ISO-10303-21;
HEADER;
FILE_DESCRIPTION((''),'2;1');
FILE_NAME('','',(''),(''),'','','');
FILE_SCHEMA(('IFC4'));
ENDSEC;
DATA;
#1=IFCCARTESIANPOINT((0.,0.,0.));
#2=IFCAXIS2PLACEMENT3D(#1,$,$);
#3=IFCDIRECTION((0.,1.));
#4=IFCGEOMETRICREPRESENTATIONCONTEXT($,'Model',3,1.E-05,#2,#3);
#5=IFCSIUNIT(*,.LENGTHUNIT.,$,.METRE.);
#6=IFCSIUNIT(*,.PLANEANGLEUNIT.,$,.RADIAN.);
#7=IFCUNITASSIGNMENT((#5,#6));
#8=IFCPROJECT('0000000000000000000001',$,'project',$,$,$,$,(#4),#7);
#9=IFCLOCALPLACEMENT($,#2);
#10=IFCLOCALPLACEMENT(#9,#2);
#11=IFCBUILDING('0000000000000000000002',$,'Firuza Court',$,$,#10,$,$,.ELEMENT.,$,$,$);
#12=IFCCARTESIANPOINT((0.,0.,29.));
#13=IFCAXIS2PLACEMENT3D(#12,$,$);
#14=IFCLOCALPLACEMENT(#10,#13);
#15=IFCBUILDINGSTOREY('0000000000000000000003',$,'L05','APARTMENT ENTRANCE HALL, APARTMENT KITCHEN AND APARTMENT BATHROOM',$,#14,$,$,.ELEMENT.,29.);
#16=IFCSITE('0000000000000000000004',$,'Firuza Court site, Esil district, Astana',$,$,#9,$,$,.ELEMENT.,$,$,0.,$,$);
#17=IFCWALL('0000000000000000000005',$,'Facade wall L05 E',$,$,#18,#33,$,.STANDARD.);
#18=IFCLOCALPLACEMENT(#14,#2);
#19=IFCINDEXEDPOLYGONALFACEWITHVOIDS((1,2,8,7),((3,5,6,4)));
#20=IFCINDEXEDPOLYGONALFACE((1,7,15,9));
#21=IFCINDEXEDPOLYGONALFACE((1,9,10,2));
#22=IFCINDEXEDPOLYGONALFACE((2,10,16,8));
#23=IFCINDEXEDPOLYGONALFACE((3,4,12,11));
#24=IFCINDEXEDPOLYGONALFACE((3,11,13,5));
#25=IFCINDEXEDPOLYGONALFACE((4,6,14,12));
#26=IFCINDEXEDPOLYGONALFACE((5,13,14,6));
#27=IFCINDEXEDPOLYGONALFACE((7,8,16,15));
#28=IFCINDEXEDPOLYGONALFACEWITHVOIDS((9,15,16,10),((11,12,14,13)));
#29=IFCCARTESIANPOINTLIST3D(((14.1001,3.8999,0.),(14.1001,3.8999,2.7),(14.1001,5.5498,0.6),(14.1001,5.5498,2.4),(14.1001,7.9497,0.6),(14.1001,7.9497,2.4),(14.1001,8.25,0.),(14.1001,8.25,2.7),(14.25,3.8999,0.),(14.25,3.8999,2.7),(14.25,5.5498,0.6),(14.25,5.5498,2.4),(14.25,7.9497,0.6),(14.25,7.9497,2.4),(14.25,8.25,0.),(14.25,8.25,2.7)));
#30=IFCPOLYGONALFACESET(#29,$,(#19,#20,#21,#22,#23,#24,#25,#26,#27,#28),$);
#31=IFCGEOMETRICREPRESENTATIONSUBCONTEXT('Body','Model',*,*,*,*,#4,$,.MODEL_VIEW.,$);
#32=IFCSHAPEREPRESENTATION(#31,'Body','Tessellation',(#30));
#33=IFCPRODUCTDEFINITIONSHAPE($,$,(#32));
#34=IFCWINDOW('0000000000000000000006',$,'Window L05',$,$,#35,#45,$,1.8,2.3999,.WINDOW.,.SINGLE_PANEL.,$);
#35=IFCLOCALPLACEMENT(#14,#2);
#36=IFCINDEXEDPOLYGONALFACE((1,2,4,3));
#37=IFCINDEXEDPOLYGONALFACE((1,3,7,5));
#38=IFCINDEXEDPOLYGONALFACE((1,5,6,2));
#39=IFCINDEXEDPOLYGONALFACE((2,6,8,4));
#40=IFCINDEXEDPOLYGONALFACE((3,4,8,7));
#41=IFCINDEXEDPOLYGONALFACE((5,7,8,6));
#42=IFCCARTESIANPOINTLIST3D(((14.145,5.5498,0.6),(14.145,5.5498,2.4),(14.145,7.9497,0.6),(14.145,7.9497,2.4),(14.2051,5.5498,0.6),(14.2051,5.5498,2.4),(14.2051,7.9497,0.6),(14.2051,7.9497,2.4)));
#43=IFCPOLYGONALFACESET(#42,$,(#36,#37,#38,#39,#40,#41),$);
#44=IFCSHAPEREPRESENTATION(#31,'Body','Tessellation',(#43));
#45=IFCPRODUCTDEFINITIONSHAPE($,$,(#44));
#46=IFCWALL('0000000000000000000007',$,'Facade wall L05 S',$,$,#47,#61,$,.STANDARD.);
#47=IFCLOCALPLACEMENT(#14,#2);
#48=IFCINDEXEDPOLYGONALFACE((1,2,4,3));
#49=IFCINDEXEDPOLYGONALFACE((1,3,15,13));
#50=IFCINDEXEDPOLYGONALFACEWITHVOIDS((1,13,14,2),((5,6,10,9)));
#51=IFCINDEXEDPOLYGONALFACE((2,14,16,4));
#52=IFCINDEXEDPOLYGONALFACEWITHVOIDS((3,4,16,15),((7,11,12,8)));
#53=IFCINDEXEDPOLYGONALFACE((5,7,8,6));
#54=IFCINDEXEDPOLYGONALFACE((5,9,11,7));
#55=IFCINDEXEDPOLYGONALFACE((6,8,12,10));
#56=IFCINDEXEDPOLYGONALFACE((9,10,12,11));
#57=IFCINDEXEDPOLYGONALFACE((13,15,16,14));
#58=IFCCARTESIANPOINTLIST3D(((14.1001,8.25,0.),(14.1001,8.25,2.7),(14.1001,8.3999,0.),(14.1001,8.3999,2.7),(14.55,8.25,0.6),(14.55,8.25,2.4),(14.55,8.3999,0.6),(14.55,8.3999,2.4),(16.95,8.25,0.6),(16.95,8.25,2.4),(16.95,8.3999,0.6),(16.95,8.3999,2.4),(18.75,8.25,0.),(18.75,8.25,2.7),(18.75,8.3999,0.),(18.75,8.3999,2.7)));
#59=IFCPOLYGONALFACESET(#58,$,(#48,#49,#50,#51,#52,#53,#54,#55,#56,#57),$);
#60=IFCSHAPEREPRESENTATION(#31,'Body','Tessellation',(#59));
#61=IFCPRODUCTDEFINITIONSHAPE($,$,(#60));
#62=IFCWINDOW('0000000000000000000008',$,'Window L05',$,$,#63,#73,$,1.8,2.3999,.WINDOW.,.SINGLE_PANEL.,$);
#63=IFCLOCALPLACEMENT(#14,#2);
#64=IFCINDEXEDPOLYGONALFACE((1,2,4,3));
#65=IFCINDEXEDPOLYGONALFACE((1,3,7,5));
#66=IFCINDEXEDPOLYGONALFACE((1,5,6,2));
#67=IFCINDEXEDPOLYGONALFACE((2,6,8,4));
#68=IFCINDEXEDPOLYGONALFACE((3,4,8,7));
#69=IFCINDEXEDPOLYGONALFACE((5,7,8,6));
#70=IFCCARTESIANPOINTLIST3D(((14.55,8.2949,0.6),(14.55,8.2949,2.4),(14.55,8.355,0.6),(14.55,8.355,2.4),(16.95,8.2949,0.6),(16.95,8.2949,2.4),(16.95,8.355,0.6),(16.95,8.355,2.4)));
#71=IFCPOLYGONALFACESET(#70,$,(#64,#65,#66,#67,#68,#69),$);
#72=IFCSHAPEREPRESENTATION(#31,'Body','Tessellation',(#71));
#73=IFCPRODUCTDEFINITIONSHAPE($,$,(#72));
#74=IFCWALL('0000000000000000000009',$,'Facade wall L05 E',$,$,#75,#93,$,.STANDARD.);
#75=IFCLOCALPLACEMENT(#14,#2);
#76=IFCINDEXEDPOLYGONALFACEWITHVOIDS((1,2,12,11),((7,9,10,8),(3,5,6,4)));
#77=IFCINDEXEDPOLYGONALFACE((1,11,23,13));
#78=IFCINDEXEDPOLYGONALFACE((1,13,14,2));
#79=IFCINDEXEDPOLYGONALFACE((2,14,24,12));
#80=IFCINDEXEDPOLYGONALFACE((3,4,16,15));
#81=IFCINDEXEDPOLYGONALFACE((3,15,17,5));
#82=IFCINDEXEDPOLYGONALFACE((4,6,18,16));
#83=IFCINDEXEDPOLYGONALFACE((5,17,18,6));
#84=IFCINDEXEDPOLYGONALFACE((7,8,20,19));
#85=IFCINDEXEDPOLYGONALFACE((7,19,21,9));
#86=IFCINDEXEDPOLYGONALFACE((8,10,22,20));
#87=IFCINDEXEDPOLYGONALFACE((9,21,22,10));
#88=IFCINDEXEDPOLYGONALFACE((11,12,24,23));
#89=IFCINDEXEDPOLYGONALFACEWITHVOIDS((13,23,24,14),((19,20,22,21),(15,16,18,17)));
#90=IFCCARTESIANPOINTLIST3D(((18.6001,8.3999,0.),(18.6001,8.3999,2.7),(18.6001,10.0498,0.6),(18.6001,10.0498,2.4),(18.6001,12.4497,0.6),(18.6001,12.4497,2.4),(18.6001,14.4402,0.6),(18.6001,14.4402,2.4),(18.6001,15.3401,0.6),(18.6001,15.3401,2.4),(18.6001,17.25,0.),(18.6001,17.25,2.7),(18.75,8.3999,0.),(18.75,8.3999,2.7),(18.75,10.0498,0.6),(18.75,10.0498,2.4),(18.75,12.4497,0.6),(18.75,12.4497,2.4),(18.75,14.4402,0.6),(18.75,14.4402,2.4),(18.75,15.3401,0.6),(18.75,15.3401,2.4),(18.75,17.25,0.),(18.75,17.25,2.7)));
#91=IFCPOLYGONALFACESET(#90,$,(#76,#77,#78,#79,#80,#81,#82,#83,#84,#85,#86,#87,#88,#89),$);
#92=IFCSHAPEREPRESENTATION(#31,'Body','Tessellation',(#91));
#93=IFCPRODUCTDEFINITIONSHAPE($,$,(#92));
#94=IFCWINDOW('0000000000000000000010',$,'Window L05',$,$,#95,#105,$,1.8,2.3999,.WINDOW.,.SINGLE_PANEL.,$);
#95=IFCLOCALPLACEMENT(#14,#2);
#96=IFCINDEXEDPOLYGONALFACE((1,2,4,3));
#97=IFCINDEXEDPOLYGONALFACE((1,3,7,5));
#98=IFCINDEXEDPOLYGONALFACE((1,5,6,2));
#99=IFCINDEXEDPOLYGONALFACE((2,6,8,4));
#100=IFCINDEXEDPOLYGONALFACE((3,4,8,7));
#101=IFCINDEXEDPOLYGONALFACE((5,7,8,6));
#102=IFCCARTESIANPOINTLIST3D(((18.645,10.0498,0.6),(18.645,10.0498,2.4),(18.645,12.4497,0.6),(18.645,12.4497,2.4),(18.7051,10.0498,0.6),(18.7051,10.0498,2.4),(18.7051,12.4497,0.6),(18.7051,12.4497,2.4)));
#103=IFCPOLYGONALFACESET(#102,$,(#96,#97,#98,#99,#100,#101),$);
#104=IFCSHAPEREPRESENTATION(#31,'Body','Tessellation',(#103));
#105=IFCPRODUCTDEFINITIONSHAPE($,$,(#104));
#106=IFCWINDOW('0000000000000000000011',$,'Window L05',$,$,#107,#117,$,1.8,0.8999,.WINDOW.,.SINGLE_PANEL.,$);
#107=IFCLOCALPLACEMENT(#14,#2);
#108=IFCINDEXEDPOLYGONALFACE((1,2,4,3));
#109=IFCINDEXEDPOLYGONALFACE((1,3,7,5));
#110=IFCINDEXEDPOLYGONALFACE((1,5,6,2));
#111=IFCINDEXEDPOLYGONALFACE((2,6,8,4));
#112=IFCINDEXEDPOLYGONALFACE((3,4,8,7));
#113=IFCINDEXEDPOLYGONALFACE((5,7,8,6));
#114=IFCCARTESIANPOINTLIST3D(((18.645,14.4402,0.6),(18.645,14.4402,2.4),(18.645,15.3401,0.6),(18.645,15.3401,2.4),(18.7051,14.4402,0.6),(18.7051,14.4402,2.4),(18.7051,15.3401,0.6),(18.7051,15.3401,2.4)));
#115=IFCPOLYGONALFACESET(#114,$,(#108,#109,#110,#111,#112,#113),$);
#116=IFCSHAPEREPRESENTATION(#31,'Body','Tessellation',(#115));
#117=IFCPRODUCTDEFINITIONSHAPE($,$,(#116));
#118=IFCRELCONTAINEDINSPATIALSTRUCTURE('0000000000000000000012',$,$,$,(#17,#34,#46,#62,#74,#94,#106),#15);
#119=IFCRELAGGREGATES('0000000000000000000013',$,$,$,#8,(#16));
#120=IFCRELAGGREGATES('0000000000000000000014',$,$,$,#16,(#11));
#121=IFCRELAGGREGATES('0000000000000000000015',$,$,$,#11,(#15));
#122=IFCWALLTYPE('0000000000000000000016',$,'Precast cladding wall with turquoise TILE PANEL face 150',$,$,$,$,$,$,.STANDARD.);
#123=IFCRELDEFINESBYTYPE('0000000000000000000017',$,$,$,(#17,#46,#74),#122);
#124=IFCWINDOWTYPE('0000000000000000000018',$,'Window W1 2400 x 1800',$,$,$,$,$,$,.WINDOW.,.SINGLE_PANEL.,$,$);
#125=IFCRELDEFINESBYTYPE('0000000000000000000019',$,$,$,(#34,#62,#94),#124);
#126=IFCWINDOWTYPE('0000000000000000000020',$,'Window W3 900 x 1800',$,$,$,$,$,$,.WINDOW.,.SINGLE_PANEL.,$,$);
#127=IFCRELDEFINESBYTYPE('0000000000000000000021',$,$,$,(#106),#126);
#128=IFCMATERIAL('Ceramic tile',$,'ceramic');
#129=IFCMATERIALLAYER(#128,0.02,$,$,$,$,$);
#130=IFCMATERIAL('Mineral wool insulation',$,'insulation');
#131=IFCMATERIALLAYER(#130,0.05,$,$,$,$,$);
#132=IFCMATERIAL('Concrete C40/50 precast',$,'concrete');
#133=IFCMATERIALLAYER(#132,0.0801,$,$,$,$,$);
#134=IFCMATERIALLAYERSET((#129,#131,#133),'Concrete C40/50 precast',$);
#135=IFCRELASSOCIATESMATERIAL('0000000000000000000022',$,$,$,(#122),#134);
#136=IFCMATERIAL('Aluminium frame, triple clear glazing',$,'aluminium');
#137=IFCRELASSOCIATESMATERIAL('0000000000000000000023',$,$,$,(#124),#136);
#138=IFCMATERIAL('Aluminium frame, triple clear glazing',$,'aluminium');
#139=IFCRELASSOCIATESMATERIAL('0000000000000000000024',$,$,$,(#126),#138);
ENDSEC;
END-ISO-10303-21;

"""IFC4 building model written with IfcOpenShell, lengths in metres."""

from ifc_helpers import new_model, si_unit, direction, frame, frame_2d, origin, place, context, subcontext, project, spatial, rectangle, extrude, material, layer, layer_set, type_object, element, fill, save


model = new_model("IFC4")

# Units and contexts
model_context = context("Model", 3, precision=1e-05, world=origin(), true_north=direction((0.0, 1.0)))
body_context = subcontext(model_context, "Body", "Model", "MODEL_VIEW")
ifc_project = project(units=[si_unit("LENGTHUNIT", "METRE"), si_unit("PLANEANGLEUNIT", "RADIAN")], contexts=[model_context])

# Site, building, storey
site_placement = place(None, origin())
site = spatial("IfcSite", under=ifc_project, at=site_placement, Name="Firuza Court site, Esil district, Astana", CompositionType="ELEMENT", RefElevation=0.0)
building_placement = place(site_placement, origin())
building = spatial("IfcBuilding", under=site, at=building_placement, Name="Firuza Court", CompositionType="ELEMENT")
storey_placement = place(building_placement, frame((0.0, 0.0, 29.0)))
storey = spatial("IfcBuildingStorey", under=building, at=storey_placement, Name="L05", Description="APARTMENT ENTRANCE HALL, APARTMENT KITCHEN AND APARTMENT BATHROOM", CompositionType="ELEMENT", Elevation=29.0)

# Shared definitions
ifc_material_1 = material(Name="Ceramic tile", Category="ceramic")
ifc_layer_1 = layer(ifc_material_1, 0.02)
ifc_material_2 = material(Name="Mineral wool insulation", Category="insulation")
ifc_layer_2 = layer(ifc_material_2, 0.05)
ifc_material_3 = material(Name="Concrete C40/50 precast", Category="concrete")
ifc_layer_3 = layer(ifc_material_3, 0.0801)
ifc_layer_set_1 = layer_set([ifc_layer_1, ifc_layer_2, ifc_layer_3], Name="Concrete C40/50 precast")
wall_type_1 = type_object("IfcWallType", Name="Precast cladding wall with turquoise TILE PANEL face 150", PredefinedType="STANDARD", material=ifc_layer_set_1)

# Walls, openings, windows
wall_1_placement = place(storey_placement, frame((14.175, 3.8999, 0.0), z_axis=(0.0, 0.0, 1.0), x_axis=(0.0, 1.0, 0.0)))
wall_1 = element("IfcWall", 1, at=wall_1_placement, inside=storey, type_object=wall_type_1, Name="Facade wall L05 E", PredefinedType="STANDARD", context=body_context, shape_type="SweptSolid", body=[
    extrude(rectangle(XDim=4.3501, YDim=0.1499, at=frame_2d((2.175, 0.0))), origin(), (0.0, 0.0, 1.0), 2.7),
])
opening_1_placement = place(wall_1_placement, frame((1.6499, 0.0, 0.6001)))
opening_1 = element("IfcOpeningElement", 2, at=opening_1_placement, cuts=wall_1, PredefinedType="OPENING", context=body_context, shape_type="SweptSolid", body=[
    extrude(rectangle(XDim=2.3999, YDim=1.8, at=frame_2d((1.2, 0.8999))), frame((0.0, 0.0869, 0.0), z_axis=(0.0, -1.0, 0.0), x_axis=(1.0, 0.0, 0.0)), (0.0, 0.0, 1.0), 0.1738),
])
ifc_material_4 = material(Name="Aluminium frame, triple clear glazing", Category="aluminium")
window_type_1 = type_object("IfcWindowType", Name="Window W1 2400 x 1800", PartitioningType="SINGLE_PANEL", PredefinedType="WINDOW", material=ifc_material_4)
window_1_placement = place(opening_1_placement, origin())
window_1 = element("IfcWindow", 3, at=window_1_placement, inside=storey, type_object=window_type_1, Name="Window L05", OverallHeight=1.8, OverallWidth=2.3999, PartitioningType="SINGLE_PANEL", PredefinedType="WINDOW", context=body_context, shape_type="SweptSolid", body=[
    extrude(rectangle(XDim=2.3999, YDim=1.8, at=frame_2d((1.2, 0.8999))), frame((0.0, 0.03, 0.0), z_axis=(0.0, -1.0, 0.0), x_axis=(1.0, 0.0, 0.0)), (0.0, 0.0, 1.0), 0.0601),
])
fill(opening_1, window_1)
wall_2_placement = place(storey_placement, frame((14.1001, 8.325, 0.0), z_axis=(0.0, 0.0, 1.0), x_axis=(1.0, 0.0, 0.0)))
wall_2 = element("IfcWall", 4, at=wall_2_placement, inside=storey, type_object=wall_type_1, Name="Facade wall L05 S", PredefinedType="STANDARD", context=body_context, shape_type="SweptSolid", body=[
    extrude(rectangle(XDim=4.6499, YDim=0.1499, at=frame_2d((2.325, 0.0))), origin(), (0.0, 0.0, 1.0), 2.7),
])
opening_2_placement = place(wall_2_placement, frame((0.45, 0.0, 0.6001)))
opening_2 = element("IfcOpeningElement", 5, at=opening_2_placement, cuts=wall_2, PredefinedType="OPENING", context=body_context, shape_type="SweptSolid", body=[
    extrude(rectangle(XDim=2.3999, YDim=1.8, at=frame_2d((1.2, 0.8999))), frame((0.0, 0.0869, 0.0), z_axis=(0.0, -1.0, 0.0), x_axis=(1.0, 0.0, 0.0)), (0.0, 0.0, 1.0), 0.1738),
])
window_2_placement = place(opening_2_placement, origin())
window_2 = element("IfcWindow", 6, at=window_2_placement, inside=storey, type_object=window_type_1, Name="Window L05", OverallHeight=1.8, OverallWidth=2.3999, PartitioningType="SINGLE_PANEL", PredefinedType="WINDOW", context=body_context, shape_type="SweptSolid", body=[
    extrude(rectangle(XDim=2.3999, YDim=1.8, at=frame_2d((1.2, 0.8999))), frame((0.0, 0.03, 0.0), z_axis=(0.0, -1.0, 0.0), x_axis=(1.0, 0.0, 0.0)), (0.0, 0.0, 1.0), 0.0601),
])
fill(opening_2, window_2)

# Wall, openings, windows
wall_3_placement = place(storey_placement, frame((18.675, 8.3999, 0.0), z_axis=(0.0, 0.0, 1.0), x_axis=(0.0, 1.0, 0.0)))
wall_3 = element("IfcWall", 7, at=wall_3_placement, inside=storey, type_object=wall_type_1, Name="Facade wall L05 E", PredefinedType="STANDARD", context=body_context, shape_type="SweptSolid", body=[
    extrude(rectangle(XDim=8.8501, YDim=0.1499, at=frame_2d((4.425, 0.0))), origin(), (0.0, 0.0, 1.0), 2.7),
])
opening_3_placement = place(wall_3_placement, frame((1.6499, 0.0, 0.6001)))
opening_3 = element("IfcOpeningElement", 8, at=opening_3_placement, cuts=wall_3, PredefinedType="OPENING", context=body_context, shape_type="SweptSolid", body=[
    extrude(rectangle(XDim=2.3999, YDim=1.8, at=frame_2d((1.2, 0.8999))), frame((0.0, 0.0869, 0.0), z_axis=(0.0, -1.0, 0.0), x_axis=(1.0, 0.0, 0.0)), (0.0, 0.0, 1.0), 0.1738),
])
opening_4_placement = place(wall_3_placement, frame((6.0403, 0.0, 0.6001)))
opening_4 = element("IfcOpeningElement", 9, at=opening_4_placement, cuts=wall_3, PredefinedType="OPENING", context=body_context, shape_type="SweptSolid", body=[
    extrude(rectangle(XDim=0.8999, YDim=1.8, at=frame_2d((0.45, 0.8999))), frame((0.0, 0.0869, 0.0), z_axis=(0.0, -1.0, 0.0), x_axis=(1.0, 0.0, 0.0)), (0.0, 0.0, 1.0), 0.1738),
])
window_3_placement = place(opening_3_placement, origin())
window_3 = element("IfcWindow", 10, at=window_3_placement, inside=storey, type_object=window_type_1, Name="Window L05", OverallHeight=1.8, OverallWidth=2.3999, PartitioningType="SINGLE_PANEL", PredefinedType="WINDOW", context=body_context, shape_type="SweptSolid", body=[
    extrude(rectangle(XDim=2.3999, YDim=1.8, at=frame_2d((1.2, 0.8999))), frame((0.0, 0.03, 0.0), z_axis=(0.0, -1.0, 0.0), x_axis=(1.0, 0.0, 0.0)), (0.0, 0.0, 1.0), 0.0601),
])
fill(opening_3, window_3)
ifc_material_5 = material(Name="Aluminium frame, triple clear glazing", Category="aluminium")
window_type_2 = type_object("IfcWindowType", Name="Window W3 900 x 1800", PartitioningType="SINGLE_PANEL", PredefinedType="WINDOW", material=ifc_material_5)
window_4_placement = place(opening_4_placement, origin())
window_4 = element("IfcWindow", 11, at=window_4_placement, inside=storey, type_object=window_type_2, Name="Window L05", OverallHeight=1.8, OverallWidth=0.8999, PartitioningType="SINGLE_PANEL", PredefinedType="WINDOW", context=body_context, shape_type="SweptSolid", body=[
    extrude(rectangle(XDim=0.8999, YDim=1.8, at=frame_2d((0.45, 0.8999))), frame((0.0, 0.03, 0.0), z_axis=(0.0, -1.0, 0.0), x_axis=(1.0, 0.0, 0.0)), (0.0, 0.0, 1.0), 0.0601),
])
fill(opening_4, window_4)

save(model, "model.ifc")
